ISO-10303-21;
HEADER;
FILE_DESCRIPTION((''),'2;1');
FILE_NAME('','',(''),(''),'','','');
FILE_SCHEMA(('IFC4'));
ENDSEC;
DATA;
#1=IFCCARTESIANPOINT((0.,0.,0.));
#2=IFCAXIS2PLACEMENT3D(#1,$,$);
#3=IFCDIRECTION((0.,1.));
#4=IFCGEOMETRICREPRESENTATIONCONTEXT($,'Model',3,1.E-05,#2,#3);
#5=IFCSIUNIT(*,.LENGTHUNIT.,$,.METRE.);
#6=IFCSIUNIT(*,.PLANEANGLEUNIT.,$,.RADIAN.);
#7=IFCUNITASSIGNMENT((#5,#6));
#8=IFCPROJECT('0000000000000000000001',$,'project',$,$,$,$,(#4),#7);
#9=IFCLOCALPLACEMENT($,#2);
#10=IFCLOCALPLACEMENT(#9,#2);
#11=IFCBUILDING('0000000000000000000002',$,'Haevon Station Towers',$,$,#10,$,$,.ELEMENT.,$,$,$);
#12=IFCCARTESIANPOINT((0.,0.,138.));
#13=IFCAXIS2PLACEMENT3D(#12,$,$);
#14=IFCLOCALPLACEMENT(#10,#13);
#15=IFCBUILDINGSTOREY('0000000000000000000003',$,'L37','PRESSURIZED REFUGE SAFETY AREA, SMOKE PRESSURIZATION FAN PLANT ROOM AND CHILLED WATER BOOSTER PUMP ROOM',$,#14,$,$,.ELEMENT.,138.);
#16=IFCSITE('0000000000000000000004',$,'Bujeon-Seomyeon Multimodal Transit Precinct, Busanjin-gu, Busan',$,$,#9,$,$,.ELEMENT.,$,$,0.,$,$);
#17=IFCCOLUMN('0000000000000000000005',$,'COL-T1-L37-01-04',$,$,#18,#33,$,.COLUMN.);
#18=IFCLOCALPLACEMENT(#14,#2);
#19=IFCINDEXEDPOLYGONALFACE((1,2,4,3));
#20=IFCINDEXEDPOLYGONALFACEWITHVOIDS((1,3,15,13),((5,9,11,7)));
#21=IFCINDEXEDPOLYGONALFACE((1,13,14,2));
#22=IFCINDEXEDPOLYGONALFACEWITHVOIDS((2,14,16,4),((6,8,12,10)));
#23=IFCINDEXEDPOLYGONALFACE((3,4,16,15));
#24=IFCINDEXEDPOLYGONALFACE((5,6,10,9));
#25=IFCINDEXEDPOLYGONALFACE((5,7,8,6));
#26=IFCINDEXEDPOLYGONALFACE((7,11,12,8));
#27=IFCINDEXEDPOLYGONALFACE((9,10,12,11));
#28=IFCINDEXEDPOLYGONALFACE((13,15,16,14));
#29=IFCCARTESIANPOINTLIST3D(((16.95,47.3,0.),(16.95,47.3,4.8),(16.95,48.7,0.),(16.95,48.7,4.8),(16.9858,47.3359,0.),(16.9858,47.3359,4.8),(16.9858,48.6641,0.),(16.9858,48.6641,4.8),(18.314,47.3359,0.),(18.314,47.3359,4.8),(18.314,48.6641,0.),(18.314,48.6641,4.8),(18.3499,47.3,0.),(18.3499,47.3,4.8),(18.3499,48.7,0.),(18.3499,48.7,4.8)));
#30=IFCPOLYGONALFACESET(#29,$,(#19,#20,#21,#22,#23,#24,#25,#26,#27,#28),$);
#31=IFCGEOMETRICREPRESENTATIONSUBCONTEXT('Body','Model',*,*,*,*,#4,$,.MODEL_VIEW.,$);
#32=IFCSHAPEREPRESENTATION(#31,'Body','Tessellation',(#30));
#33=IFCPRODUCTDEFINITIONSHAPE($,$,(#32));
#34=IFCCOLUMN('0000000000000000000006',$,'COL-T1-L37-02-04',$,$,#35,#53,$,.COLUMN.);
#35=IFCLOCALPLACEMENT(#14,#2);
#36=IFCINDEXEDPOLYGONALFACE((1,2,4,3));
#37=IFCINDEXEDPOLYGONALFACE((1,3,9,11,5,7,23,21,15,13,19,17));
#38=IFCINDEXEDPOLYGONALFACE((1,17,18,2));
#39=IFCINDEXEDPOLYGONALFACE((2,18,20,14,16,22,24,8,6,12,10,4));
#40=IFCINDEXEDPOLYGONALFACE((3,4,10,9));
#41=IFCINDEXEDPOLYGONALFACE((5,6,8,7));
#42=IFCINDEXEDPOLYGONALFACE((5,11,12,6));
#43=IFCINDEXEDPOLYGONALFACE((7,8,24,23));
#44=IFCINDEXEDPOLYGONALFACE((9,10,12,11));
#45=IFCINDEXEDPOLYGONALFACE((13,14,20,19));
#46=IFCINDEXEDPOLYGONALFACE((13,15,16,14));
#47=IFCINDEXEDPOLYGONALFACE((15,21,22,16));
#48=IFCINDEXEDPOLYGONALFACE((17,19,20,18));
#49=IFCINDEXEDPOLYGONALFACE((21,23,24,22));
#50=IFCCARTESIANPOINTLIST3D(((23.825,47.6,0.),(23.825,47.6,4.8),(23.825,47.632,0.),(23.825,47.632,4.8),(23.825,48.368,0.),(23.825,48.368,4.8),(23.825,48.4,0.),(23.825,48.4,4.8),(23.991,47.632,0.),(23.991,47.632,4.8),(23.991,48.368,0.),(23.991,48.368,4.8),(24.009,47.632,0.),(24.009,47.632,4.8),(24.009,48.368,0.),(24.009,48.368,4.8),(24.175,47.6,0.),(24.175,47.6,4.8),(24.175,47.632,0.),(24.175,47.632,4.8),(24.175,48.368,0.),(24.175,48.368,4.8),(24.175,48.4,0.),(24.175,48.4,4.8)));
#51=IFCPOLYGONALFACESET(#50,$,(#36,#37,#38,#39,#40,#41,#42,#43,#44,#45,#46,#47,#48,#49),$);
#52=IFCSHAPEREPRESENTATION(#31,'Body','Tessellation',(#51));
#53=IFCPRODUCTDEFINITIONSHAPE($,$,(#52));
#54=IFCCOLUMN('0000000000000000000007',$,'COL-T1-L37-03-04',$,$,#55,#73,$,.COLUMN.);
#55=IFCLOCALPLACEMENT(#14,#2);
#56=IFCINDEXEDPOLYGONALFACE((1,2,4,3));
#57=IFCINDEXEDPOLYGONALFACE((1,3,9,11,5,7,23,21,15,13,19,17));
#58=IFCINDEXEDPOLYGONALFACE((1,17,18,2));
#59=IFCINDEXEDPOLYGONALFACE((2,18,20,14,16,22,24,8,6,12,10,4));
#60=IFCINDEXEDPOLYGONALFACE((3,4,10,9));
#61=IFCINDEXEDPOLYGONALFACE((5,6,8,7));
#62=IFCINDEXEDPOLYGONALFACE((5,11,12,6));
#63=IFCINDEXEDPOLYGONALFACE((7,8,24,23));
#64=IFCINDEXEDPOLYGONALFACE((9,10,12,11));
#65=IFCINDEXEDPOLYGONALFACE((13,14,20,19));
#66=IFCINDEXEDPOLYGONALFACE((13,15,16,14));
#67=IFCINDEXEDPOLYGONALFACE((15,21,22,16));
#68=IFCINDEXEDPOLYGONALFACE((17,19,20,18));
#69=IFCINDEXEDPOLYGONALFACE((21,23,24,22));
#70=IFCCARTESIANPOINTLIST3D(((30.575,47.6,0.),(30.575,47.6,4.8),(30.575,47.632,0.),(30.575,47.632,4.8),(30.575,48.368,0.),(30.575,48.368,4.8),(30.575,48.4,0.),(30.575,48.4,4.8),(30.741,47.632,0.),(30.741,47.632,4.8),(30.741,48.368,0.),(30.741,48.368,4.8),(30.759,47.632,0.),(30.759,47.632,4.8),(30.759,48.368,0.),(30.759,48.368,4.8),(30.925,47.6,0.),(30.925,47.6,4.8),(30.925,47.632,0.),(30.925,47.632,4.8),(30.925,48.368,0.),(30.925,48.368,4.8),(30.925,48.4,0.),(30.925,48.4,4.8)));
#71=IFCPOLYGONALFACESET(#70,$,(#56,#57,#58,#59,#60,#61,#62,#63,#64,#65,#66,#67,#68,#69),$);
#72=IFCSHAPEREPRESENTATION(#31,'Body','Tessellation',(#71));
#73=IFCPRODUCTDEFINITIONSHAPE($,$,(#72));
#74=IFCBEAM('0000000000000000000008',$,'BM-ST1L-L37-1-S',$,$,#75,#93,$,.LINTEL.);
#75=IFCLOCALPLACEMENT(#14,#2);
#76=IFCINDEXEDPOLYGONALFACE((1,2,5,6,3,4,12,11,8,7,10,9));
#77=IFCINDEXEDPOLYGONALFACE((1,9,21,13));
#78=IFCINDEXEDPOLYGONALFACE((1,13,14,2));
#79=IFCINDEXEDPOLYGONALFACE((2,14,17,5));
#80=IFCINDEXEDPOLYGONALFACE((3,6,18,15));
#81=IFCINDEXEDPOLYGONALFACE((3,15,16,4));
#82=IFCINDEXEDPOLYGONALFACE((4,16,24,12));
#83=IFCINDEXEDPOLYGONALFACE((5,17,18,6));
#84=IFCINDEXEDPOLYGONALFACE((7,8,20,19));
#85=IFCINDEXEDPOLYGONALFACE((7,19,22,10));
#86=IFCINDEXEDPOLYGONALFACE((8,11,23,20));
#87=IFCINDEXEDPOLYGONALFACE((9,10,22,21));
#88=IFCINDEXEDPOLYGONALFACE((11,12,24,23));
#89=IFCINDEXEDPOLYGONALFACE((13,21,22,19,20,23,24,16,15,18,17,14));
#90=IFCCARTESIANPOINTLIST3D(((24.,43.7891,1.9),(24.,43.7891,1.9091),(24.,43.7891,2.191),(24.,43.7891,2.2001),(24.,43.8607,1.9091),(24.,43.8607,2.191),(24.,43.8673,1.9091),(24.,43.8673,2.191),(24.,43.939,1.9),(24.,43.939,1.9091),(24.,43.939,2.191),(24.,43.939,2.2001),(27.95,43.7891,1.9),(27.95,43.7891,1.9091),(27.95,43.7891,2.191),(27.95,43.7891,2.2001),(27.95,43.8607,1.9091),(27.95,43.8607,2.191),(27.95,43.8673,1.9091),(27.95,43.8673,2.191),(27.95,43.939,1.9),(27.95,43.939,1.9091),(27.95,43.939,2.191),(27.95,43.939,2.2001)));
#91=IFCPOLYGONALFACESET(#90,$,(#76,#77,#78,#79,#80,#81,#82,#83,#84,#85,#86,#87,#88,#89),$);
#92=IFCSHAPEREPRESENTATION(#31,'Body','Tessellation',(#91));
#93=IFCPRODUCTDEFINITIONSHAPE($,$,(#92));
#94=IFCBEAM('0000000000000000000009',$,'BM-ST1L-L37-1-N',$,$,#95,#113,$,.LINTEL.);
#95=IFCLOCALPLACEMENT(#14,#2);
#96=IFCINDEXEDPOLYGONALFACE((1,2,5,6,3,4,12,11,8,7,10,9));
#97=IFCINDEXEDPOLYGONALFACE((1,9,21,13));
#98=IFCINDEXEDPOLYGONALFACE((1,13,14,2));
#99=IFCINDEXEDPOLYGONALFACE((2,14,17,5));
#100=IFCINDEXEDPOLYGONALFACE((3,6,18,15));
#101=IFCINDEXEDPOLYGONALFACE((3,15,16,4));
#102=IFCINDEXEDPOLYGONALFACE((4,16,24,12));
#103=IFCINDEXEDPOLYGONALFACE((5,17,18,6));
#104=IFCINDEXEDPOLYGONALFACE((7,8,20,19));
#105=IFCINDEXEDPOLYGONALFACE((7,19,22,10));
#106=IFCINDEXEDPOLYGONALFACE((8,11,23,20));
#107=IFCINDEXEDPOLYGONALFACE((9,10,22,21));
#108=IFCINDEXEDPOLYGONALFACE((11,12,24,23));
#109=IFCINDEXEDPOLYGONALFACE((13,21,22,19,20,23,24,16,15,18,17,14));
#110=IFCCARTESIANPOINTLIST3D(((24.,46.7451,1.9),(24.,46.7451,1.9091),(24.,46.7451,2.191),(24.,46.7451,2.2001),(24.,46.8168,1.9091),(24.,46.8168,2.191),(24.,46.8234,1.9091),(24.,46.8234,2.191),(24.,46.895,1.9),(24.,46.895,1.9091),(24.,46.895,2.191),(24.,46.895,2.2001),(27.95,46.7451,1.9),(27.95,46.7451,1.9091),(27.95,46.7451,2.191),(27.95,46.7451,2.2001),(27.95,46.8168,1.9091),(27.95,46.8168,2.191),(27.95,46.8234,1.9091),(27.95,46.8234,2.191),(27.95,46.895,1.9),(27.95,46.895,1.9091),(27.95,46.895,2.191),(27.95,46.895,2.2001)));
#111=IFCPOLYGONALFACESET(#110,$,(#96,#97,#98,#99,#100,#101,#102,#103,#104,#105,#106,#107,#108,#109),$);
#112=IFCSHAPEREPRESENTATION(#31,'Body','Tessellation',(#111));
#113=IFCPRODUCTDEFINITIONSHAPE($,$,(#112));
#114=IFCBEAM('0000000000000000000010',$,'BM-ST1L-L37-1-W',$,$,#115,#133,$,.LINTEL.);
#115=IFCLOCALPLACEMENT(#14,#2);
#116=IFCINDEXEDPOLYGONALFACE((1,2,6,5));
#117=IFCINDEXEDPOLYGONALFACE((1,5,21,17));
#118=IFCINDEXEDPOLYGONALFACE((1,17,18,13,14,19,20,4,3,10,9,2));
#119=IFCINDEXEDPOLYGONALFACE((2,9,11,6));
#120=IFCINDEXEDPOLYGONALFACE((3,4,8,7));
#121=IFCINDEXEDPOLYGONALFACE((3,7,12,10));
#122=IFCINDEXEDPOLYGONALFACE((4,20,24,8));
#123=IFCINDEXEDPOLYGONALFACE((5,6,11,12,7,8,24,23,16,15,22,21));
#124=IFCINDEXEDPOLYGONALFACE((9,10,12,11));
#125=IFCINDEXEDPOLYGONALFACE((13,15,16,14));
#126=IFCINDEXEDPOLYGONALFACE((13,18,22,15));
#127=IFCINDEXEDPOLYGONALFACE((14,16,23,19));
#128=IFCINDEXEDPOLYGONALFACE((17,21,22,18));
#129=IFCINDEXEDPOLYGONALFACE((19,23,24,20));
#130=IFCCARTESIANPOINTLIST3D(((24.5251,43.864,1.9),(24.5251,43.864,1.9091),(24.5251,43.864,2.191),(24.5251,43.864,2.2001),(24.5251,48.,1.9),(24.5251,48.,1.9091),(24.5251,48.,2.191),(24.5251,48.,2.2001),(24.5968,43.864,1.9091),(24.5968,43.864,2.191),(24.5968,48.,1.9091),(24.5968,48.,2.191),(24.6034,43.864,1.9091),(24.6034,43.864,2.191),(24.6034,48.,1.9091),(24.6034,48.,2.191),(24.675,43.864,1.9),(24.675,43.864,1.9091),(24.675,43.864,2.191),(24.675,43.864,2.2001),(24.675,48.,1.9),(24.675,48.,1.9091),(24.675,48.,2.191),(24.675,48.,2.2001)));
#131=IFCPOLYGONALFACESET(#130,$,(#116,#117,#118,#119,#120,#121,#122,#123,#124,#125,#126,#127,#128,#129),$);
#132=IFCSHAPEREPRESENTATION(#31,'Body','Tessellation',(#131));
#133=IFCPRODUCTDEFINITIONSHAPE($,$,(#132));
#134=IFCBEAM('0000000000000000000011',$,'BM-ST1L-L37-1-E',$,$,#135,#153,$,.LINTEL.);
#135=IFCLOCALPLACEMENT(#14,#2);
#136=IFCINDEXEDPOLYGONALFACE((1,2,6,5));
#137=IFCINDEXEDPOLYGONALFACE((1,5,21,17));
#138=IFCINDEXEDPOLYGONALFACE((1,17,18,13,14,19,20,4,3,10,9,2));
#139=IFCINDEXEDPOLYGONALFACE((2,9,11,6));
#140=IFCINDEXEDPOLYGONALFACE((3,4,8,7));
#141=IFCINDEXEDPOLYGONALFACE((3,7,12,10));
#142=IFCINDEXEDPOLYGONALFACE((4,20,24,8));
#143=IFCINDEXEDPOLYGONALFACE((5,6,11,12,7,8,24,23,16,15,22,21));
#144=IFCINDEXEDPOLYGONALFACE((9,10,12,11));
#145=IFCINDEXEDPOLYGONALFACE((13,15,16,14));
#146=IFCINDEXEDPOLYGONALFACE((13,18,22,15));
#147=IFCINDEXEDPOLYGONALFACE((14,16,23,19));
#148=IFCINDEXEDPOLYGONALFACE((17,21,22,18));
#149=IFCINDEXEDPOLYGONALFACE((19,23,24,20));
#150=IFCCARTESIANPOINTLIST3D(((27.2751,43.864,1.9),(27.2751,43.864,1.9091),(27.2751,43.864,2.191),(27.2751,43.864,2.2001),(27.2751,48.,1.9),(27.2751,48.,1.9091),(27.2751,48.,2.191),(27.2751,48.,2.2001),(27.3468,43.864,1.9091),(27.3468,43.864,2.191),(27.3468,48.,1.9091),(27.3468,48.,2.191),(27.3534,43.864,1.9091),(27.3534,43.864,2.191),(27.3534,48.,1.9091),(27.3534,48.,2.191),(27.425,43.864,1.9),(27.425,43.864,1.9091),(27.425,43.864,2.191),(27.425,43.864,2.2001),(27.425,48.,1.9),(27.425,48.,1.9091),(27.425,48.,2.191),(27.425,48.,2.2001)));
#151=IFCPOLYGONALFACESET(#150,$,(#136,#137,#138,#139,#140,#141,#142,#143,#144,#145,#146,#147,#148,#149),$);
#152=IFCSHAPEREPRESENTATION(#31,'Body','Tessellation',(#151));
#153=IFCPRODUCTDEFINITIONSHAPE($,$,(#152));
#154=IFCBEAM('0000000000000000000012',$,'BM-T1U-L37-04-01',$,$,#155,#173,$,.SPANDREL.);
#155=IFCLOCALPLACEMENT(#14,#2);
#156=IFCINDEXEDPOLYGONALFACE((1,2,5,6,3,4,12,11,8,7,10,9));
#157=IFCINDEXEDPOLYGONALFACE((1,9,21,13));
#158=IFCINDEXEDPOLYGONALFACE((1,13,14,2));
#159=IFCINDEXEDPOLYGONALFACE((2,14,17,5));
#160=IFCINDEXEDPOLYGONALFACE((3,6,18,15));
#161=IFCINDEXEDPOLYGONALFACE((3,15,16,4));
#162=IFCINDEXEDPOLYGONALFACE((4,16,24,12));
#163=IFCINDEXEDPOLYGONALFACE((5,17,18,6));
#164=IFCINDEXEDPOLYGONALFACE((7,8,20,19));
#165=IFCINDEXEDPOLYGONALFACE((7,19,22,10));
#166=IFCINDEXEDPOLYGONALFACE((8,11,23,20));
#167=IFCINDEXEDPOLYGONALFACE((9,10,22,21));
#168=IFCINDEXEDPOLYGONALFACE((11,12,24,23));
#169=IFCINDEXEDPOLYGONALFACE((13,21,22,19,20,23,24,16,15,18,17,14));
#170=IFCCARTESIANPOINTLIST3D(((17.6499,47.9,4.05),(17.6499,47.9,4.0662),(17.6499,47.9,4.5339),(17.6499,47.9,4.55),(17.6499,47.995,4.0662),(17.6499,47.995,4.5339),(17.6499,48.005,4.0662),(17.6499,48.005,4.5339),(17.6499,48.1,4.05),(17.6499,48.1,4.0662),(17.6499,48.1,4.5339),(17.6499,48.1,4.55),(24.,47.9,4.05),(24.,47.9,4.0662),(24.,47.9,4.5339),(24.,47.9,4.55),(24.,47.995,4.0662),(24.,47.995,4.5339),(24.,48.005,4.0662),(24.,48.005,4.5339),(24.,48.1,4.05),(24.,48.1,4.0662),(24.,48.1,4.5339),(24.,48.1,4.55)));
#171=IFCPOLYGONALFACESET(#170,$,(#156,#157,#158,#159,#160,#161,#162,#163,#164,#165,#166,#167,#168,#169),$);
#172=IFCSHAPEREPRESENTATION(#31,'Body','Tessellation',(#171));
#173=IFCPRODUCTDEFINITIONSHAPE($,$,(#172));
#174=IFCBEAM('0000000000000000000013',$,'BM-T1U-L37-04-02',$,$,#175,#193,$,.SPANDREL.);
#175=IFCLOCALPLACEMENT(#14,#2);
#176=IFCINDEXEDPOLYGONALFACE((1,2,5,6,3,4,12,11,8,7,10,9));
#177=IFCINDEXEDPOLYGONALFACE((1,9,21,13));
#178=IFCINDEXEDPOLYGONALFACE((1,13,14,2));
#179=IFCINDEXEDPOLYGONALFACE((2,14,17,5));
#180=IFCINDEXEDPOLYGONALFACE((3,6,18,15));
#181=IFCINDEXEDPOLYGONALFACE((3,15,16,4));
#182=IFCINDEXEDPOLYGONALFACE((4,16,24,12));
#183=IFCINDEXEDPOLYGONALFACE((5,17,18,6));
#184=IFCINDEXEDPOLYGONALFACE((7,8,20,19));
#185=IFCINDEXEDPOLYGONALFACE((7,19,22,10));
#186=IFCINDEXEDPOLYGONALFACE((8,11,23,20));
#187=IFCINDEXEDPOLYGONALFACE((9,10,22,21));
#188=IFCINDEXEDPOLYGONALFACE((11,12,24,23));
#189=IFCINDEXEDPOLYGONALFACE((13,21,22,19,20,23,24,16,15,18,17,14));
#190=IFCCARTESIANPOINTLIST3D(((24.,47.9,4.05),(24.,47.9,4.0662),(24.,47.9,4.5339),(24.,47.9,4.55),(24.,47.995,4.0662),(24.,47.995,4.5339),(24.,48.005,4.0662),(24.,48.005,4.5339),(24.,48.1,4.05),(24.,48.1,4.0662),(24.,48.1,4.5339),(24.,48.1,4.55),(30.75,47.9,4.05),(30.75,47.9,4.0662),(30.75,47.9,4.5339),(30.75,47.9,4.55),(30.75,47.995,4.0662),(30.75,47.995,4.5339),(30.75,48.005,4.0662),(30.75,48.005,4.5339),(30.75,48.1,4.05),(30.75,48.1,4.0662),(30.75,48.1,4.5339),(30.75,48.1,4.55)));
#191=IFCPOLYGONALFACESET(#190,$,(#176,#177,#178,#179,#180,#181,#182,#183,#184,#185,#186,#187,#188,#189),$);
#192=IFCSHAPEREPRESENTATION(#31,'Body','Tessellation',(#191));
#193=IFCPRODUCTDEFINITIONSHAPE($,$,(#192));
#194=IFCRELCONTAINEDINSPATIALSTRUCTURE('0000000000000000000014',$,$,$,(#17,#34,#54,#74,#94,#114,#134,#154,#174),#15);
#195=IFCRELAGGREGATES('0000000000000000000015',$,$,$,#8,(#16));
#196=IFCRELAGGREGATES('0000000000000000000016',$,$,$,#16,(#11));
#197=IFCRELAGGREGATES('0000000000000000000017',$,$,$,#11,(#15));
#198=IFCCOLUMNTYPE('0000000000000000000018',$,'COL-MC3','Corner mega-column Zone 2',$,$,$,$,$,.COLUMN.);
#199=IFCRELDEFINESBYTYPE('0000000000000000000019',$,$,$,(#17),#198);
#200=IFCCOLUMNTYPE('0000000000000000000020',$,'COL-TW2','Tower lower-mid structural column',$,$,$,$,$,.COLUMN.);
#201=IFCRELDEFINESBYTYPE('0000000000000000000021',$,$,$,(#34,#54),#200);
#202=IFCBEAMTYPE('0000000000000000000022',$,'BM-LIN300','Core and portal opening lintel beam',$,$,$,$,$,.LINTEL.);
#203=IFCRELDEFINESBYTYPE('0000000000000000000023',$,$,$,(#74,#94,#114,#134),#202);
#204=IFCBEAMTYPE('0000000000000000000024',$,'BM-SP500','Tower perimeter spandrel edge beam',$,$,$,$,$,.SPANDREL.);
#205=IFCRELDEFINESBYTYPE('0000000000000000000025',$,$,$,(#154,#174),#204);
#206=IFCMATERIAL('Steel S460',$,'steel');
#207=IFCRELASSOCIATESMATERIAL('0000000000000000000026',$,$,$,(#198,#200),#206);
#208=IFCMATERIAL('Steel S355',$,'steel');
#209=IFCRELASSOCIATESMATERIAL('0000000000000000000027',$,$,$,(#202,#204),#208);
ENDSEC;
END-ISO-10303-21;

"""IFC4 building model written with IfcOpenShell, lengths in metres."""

from ifc_helpers import new_model, si_unit, direction, frame, origin, origin_2d, place, context, subcontext, project, spatial, hollow_rectangle, i_section, extrude, material, material_profile, profile_set, type_object, element, save


model = new_model("IFC4")

# Units and contexts
model_context = context("Model", 3, precision=1e-05, world=origin(), true_north=direction((0.0, 1.0)))
body_context = subcontext(model_context, "Body", "Model", "MODEL_VIEW")
ifc_project = project(units=[si_unit("LENGTHUNIT", "METRE"), si_unit("PLANEANGLEUNIT", "RADIAN")], contexts=[model_context])

# Site, building, storey
site_placement = place(None, origin())
site = spatial("IfcSite", under=ifc_project, at=site_placement, Name="Bujeon-Seomyeon Multimodal Transit Precinct, Busanjin-gu, Busan", CompositionType="ELEMENT", RefElevation=0.0)
building_placement = place(site_placement, origin())
building = spatial("IfcBuilding", under=site, at=building_placement, Name="Haevon Station Towers", CompositionType="ELEMENT")
storey_placement = place(building_placement, frame((0.0, 0.0, 138.0)))
storey = spatial("IfcBuildingStorey", under=building, at=storey_placement, Name="L37", Description="PRESSURIZED REFUGE SAFETY AREA, SMOKE PRESSURIZATION FAN PLANT ROOM AND CHILLED WATER BOOSTER PUMP ROOM", CompositionType="ELEMENT", Elevation=138.0)

# Columns
ifc_material_1 = material(Name="Steel S460", Category="steel")
ifc_material_profile_1 = material_profile(ifc_material_1, hollow_rectangle(XDim=1.3999, YDim=1.3999, WallThickness=0.0359, at=origin_2d()), Name="BOX-1400x1400x36")
ifc_profile_set_1 = profile_set([ifc_material_profile_1], Name="Steel S460")
column_type_1 = type_object("IfcColumnType", Name="COL-MC3", Description="Corner mega-column Zone 2", PredefinedType="COLUMN", material=ifc_profile_set_1)
column_placement = place(storey_placement, frame((17.6499, 48.0, 0.0), z_axis=(0.0, 0.0, 1.0), x_axis=(1.0, 0.0, 0.0)))
element("IfcColumn", 1, at=column_placement, inside=storey, type_object=column_type_1, Name="COL-T1-L37-01-04", PredefinedType="COLUMN", context=body_context, shape_type="SweptSolid", body=[
    extrude(hollow_rectangle(XDim=1.3999, YDim=1.3999, WallThickness=0.0359, at=origin_2d()), origin(), (0.0, 0.0, 1.0), 4.8),
])
ifc_material_profile_2 = material_profile(ifc_material_1, i_section(OverallWidth=0.3501, OverallDepth=0.8, WebThickness=0.0181, FlangeThickness=0.032, at=origin_2d()), Name="H-800x350x18x32")
ifc_profile_set_2 = profile_set([ifc_material_profile_2], Name="Steel S460")
column_type_2 = type_object("IfcColumnType", Name="COL-TW2", Description="Tower lower-mid structural column", PredefinedType="COLUMN", material=ifc_profile_set_2)
for number, where, z_axis, x_axis, name in (
    (2, (24.0, 48.0, 0.0), (0.0, 0.0, 1.0), (1.0, 0.0, 0.0), "COL-T1-L37-02-04"),
    (3, (30.75, 48.0, 0.0), (0.0, 0.0, 1.0), (1.0, 0.0, 0.0), "COL-T1-L37-03-04"),
):
    element("IfcColumn", number, at=place(storey_placement, frame(where, z_axis=z_axis, x_axis=x_axis)), inside=storey, type_object=column_type_2, Name=name, PredefinedType="COLUMN", context=body_context, shape_type="SweptSolid", body=[
        extrude(i_section(OverallWidth=0.3501, OverallDepth=0.8, WebThickness=0.0181, FlangeThickness=0.032, at=origin_2d()), origin(), (0.0, 0.0, 1.0), 4.8),
    ])

# Beams
ifc_material_2 = material(Name="Steel S355", Category="steel")
ifc_material_profile_3 = material_profile(ifc_material_2, i_section(OverallWidth=0.1499, OverallDepth=0.3, WebThickness=0.0066, FlangeThickness=0.009, at=origin_2d()), Name="H-300x150x6.5x9")
ifc_profile_set_3 = profile_set([ifc_material_profile_3], Name="Steel S355")
beam_type_1 = type_object("IfcBeamType", Name="BM-LIN300", Description="Core and portal opening lintel beam", PredefinedType="LINTEL", material=ifc_profile_set_3)
for number, where, z_axis, x_axis, name in (
    (4, (24.0, 43.864, 2.05), (1.0, 0.0, 0.0), (0.0, 1.0, 0.0), "BM-ST1L-L37-1-S"),
    (5, (24.0, 46.8201, 2.05), (1.0, 0.0, 0.0), (0.0, 1.0, 0.0), "BM-ST1L-L37-1-N"),
):
    element("IfcBeam", number, at=place(storey_placement, frame(where, z_axis=z_axis, x_axis=x_axis)), inside=storey, type_object=beam_type_1, Name=name, PredefinedType="LINTEL", context=body_context, shape_type="SweptSolid", body=[
        extrude(i_section(OverallWidth=0.1499, OverallDepth=0.3, WebThickness=0.0066, FlangeThickness=0.009, at=origin_2d()), origin(), (0.0, 0.0, 1.0), 3.95),
    ])
for number, where, z_axis, x_axis, name in (
    (6, (24.6001, 43.864, 2.05), (0.0, 1.0, 0.0), (-1.0, 0.0, 0.0), "BM-ST1L-L37-1-W"),
    (7, (27.3501, 43.864, 2.05), (0.0, 1.0, 0.0), (-1.0, 0.0, 0.0), "BM-ST1L-L37-1-E"),
):
    element("IfcBeam", number, at=place(storey_placement, frame(where, z_axis=z_axis, x_axis=x_axis)), inside=storey, type_object=beam_type_1, Name=name, PredefinedType="LINTEL", context=body_context, shape_type="SweptSolid", body=[
        extrude(i_section(OverallWidth=0.1499, OverallDepth=0.3, WebThickness=0.0066, FlangeThickness=0.009, at=origin_2d()), origin(), (0.0, 0.0, 1.0), 4.136),
    ])
ifc_material_profile_4 = material_profile(ifc_material_2, i_section(OverallWidth=0.2, OverallDepth=0.5, WebThickness=0.01, FlangeThickness=0.0161, at=origin_2d()), Name="H-500x200x10x16")
ifc_profile_set_4 = profile_set([ifc_material_profile_4], Name="Steel S355")
beam_type_2 = type_object("IfcBeamType", Name="BM-SP500", Description="Tower perimeter spandrel edge beam", PredefinedType="SPANDREL", material=ifc_profile_set_4)
beam_placement = place(storey_placement, frame((17.6499, 48.0, 4.3), z_axis=(1.0, 0.0, 0.0), x_axis=(0.0, 1.0, 0.0)))
element("IfcBeam", 8, at=beam_placement, inside=storey, type_object=beam_type_2, Name="BM-T1U-L37-04-01", PredefinedType="SPANDREL", context=body_context, shape_type="SweptSolid", body=[
    extrude(i_section(OverallWidth=0.2, OverallDepth=0.5, WebThickness=0.01, FlangeThickness=0.0161, at=origin_2d()), origin(), (0.0, 0.0, 1.0), 6.3501),
])
for number, where, z_axis, x_axis, name in (
    (9, (24.0, 48.0, 4.3), (1.0, 0.0, 0.0), (0.0, 1.0, 0.0), "BM-T1U-L37-04-02"),
):
    element("IfcBeam", number, at=place(storey_placement, frame(where, z_axis=z_axis, x_axis=x_axis)), inside=storey, type_object=beam_type_2, Name=name, PredefinedType="SPANDREL", context=body_context, shape_type="SweptSolid", body=[
        extrude(i_section(OverallWidth=0.2, OverallDepth=0.5, WebThickness=0.01, FlangeThickness=0.0161, at=origin_2d()), origin(), (0.0, 0.0, 1.0), 6.75),
    ])

save(model, "model.ifc")
